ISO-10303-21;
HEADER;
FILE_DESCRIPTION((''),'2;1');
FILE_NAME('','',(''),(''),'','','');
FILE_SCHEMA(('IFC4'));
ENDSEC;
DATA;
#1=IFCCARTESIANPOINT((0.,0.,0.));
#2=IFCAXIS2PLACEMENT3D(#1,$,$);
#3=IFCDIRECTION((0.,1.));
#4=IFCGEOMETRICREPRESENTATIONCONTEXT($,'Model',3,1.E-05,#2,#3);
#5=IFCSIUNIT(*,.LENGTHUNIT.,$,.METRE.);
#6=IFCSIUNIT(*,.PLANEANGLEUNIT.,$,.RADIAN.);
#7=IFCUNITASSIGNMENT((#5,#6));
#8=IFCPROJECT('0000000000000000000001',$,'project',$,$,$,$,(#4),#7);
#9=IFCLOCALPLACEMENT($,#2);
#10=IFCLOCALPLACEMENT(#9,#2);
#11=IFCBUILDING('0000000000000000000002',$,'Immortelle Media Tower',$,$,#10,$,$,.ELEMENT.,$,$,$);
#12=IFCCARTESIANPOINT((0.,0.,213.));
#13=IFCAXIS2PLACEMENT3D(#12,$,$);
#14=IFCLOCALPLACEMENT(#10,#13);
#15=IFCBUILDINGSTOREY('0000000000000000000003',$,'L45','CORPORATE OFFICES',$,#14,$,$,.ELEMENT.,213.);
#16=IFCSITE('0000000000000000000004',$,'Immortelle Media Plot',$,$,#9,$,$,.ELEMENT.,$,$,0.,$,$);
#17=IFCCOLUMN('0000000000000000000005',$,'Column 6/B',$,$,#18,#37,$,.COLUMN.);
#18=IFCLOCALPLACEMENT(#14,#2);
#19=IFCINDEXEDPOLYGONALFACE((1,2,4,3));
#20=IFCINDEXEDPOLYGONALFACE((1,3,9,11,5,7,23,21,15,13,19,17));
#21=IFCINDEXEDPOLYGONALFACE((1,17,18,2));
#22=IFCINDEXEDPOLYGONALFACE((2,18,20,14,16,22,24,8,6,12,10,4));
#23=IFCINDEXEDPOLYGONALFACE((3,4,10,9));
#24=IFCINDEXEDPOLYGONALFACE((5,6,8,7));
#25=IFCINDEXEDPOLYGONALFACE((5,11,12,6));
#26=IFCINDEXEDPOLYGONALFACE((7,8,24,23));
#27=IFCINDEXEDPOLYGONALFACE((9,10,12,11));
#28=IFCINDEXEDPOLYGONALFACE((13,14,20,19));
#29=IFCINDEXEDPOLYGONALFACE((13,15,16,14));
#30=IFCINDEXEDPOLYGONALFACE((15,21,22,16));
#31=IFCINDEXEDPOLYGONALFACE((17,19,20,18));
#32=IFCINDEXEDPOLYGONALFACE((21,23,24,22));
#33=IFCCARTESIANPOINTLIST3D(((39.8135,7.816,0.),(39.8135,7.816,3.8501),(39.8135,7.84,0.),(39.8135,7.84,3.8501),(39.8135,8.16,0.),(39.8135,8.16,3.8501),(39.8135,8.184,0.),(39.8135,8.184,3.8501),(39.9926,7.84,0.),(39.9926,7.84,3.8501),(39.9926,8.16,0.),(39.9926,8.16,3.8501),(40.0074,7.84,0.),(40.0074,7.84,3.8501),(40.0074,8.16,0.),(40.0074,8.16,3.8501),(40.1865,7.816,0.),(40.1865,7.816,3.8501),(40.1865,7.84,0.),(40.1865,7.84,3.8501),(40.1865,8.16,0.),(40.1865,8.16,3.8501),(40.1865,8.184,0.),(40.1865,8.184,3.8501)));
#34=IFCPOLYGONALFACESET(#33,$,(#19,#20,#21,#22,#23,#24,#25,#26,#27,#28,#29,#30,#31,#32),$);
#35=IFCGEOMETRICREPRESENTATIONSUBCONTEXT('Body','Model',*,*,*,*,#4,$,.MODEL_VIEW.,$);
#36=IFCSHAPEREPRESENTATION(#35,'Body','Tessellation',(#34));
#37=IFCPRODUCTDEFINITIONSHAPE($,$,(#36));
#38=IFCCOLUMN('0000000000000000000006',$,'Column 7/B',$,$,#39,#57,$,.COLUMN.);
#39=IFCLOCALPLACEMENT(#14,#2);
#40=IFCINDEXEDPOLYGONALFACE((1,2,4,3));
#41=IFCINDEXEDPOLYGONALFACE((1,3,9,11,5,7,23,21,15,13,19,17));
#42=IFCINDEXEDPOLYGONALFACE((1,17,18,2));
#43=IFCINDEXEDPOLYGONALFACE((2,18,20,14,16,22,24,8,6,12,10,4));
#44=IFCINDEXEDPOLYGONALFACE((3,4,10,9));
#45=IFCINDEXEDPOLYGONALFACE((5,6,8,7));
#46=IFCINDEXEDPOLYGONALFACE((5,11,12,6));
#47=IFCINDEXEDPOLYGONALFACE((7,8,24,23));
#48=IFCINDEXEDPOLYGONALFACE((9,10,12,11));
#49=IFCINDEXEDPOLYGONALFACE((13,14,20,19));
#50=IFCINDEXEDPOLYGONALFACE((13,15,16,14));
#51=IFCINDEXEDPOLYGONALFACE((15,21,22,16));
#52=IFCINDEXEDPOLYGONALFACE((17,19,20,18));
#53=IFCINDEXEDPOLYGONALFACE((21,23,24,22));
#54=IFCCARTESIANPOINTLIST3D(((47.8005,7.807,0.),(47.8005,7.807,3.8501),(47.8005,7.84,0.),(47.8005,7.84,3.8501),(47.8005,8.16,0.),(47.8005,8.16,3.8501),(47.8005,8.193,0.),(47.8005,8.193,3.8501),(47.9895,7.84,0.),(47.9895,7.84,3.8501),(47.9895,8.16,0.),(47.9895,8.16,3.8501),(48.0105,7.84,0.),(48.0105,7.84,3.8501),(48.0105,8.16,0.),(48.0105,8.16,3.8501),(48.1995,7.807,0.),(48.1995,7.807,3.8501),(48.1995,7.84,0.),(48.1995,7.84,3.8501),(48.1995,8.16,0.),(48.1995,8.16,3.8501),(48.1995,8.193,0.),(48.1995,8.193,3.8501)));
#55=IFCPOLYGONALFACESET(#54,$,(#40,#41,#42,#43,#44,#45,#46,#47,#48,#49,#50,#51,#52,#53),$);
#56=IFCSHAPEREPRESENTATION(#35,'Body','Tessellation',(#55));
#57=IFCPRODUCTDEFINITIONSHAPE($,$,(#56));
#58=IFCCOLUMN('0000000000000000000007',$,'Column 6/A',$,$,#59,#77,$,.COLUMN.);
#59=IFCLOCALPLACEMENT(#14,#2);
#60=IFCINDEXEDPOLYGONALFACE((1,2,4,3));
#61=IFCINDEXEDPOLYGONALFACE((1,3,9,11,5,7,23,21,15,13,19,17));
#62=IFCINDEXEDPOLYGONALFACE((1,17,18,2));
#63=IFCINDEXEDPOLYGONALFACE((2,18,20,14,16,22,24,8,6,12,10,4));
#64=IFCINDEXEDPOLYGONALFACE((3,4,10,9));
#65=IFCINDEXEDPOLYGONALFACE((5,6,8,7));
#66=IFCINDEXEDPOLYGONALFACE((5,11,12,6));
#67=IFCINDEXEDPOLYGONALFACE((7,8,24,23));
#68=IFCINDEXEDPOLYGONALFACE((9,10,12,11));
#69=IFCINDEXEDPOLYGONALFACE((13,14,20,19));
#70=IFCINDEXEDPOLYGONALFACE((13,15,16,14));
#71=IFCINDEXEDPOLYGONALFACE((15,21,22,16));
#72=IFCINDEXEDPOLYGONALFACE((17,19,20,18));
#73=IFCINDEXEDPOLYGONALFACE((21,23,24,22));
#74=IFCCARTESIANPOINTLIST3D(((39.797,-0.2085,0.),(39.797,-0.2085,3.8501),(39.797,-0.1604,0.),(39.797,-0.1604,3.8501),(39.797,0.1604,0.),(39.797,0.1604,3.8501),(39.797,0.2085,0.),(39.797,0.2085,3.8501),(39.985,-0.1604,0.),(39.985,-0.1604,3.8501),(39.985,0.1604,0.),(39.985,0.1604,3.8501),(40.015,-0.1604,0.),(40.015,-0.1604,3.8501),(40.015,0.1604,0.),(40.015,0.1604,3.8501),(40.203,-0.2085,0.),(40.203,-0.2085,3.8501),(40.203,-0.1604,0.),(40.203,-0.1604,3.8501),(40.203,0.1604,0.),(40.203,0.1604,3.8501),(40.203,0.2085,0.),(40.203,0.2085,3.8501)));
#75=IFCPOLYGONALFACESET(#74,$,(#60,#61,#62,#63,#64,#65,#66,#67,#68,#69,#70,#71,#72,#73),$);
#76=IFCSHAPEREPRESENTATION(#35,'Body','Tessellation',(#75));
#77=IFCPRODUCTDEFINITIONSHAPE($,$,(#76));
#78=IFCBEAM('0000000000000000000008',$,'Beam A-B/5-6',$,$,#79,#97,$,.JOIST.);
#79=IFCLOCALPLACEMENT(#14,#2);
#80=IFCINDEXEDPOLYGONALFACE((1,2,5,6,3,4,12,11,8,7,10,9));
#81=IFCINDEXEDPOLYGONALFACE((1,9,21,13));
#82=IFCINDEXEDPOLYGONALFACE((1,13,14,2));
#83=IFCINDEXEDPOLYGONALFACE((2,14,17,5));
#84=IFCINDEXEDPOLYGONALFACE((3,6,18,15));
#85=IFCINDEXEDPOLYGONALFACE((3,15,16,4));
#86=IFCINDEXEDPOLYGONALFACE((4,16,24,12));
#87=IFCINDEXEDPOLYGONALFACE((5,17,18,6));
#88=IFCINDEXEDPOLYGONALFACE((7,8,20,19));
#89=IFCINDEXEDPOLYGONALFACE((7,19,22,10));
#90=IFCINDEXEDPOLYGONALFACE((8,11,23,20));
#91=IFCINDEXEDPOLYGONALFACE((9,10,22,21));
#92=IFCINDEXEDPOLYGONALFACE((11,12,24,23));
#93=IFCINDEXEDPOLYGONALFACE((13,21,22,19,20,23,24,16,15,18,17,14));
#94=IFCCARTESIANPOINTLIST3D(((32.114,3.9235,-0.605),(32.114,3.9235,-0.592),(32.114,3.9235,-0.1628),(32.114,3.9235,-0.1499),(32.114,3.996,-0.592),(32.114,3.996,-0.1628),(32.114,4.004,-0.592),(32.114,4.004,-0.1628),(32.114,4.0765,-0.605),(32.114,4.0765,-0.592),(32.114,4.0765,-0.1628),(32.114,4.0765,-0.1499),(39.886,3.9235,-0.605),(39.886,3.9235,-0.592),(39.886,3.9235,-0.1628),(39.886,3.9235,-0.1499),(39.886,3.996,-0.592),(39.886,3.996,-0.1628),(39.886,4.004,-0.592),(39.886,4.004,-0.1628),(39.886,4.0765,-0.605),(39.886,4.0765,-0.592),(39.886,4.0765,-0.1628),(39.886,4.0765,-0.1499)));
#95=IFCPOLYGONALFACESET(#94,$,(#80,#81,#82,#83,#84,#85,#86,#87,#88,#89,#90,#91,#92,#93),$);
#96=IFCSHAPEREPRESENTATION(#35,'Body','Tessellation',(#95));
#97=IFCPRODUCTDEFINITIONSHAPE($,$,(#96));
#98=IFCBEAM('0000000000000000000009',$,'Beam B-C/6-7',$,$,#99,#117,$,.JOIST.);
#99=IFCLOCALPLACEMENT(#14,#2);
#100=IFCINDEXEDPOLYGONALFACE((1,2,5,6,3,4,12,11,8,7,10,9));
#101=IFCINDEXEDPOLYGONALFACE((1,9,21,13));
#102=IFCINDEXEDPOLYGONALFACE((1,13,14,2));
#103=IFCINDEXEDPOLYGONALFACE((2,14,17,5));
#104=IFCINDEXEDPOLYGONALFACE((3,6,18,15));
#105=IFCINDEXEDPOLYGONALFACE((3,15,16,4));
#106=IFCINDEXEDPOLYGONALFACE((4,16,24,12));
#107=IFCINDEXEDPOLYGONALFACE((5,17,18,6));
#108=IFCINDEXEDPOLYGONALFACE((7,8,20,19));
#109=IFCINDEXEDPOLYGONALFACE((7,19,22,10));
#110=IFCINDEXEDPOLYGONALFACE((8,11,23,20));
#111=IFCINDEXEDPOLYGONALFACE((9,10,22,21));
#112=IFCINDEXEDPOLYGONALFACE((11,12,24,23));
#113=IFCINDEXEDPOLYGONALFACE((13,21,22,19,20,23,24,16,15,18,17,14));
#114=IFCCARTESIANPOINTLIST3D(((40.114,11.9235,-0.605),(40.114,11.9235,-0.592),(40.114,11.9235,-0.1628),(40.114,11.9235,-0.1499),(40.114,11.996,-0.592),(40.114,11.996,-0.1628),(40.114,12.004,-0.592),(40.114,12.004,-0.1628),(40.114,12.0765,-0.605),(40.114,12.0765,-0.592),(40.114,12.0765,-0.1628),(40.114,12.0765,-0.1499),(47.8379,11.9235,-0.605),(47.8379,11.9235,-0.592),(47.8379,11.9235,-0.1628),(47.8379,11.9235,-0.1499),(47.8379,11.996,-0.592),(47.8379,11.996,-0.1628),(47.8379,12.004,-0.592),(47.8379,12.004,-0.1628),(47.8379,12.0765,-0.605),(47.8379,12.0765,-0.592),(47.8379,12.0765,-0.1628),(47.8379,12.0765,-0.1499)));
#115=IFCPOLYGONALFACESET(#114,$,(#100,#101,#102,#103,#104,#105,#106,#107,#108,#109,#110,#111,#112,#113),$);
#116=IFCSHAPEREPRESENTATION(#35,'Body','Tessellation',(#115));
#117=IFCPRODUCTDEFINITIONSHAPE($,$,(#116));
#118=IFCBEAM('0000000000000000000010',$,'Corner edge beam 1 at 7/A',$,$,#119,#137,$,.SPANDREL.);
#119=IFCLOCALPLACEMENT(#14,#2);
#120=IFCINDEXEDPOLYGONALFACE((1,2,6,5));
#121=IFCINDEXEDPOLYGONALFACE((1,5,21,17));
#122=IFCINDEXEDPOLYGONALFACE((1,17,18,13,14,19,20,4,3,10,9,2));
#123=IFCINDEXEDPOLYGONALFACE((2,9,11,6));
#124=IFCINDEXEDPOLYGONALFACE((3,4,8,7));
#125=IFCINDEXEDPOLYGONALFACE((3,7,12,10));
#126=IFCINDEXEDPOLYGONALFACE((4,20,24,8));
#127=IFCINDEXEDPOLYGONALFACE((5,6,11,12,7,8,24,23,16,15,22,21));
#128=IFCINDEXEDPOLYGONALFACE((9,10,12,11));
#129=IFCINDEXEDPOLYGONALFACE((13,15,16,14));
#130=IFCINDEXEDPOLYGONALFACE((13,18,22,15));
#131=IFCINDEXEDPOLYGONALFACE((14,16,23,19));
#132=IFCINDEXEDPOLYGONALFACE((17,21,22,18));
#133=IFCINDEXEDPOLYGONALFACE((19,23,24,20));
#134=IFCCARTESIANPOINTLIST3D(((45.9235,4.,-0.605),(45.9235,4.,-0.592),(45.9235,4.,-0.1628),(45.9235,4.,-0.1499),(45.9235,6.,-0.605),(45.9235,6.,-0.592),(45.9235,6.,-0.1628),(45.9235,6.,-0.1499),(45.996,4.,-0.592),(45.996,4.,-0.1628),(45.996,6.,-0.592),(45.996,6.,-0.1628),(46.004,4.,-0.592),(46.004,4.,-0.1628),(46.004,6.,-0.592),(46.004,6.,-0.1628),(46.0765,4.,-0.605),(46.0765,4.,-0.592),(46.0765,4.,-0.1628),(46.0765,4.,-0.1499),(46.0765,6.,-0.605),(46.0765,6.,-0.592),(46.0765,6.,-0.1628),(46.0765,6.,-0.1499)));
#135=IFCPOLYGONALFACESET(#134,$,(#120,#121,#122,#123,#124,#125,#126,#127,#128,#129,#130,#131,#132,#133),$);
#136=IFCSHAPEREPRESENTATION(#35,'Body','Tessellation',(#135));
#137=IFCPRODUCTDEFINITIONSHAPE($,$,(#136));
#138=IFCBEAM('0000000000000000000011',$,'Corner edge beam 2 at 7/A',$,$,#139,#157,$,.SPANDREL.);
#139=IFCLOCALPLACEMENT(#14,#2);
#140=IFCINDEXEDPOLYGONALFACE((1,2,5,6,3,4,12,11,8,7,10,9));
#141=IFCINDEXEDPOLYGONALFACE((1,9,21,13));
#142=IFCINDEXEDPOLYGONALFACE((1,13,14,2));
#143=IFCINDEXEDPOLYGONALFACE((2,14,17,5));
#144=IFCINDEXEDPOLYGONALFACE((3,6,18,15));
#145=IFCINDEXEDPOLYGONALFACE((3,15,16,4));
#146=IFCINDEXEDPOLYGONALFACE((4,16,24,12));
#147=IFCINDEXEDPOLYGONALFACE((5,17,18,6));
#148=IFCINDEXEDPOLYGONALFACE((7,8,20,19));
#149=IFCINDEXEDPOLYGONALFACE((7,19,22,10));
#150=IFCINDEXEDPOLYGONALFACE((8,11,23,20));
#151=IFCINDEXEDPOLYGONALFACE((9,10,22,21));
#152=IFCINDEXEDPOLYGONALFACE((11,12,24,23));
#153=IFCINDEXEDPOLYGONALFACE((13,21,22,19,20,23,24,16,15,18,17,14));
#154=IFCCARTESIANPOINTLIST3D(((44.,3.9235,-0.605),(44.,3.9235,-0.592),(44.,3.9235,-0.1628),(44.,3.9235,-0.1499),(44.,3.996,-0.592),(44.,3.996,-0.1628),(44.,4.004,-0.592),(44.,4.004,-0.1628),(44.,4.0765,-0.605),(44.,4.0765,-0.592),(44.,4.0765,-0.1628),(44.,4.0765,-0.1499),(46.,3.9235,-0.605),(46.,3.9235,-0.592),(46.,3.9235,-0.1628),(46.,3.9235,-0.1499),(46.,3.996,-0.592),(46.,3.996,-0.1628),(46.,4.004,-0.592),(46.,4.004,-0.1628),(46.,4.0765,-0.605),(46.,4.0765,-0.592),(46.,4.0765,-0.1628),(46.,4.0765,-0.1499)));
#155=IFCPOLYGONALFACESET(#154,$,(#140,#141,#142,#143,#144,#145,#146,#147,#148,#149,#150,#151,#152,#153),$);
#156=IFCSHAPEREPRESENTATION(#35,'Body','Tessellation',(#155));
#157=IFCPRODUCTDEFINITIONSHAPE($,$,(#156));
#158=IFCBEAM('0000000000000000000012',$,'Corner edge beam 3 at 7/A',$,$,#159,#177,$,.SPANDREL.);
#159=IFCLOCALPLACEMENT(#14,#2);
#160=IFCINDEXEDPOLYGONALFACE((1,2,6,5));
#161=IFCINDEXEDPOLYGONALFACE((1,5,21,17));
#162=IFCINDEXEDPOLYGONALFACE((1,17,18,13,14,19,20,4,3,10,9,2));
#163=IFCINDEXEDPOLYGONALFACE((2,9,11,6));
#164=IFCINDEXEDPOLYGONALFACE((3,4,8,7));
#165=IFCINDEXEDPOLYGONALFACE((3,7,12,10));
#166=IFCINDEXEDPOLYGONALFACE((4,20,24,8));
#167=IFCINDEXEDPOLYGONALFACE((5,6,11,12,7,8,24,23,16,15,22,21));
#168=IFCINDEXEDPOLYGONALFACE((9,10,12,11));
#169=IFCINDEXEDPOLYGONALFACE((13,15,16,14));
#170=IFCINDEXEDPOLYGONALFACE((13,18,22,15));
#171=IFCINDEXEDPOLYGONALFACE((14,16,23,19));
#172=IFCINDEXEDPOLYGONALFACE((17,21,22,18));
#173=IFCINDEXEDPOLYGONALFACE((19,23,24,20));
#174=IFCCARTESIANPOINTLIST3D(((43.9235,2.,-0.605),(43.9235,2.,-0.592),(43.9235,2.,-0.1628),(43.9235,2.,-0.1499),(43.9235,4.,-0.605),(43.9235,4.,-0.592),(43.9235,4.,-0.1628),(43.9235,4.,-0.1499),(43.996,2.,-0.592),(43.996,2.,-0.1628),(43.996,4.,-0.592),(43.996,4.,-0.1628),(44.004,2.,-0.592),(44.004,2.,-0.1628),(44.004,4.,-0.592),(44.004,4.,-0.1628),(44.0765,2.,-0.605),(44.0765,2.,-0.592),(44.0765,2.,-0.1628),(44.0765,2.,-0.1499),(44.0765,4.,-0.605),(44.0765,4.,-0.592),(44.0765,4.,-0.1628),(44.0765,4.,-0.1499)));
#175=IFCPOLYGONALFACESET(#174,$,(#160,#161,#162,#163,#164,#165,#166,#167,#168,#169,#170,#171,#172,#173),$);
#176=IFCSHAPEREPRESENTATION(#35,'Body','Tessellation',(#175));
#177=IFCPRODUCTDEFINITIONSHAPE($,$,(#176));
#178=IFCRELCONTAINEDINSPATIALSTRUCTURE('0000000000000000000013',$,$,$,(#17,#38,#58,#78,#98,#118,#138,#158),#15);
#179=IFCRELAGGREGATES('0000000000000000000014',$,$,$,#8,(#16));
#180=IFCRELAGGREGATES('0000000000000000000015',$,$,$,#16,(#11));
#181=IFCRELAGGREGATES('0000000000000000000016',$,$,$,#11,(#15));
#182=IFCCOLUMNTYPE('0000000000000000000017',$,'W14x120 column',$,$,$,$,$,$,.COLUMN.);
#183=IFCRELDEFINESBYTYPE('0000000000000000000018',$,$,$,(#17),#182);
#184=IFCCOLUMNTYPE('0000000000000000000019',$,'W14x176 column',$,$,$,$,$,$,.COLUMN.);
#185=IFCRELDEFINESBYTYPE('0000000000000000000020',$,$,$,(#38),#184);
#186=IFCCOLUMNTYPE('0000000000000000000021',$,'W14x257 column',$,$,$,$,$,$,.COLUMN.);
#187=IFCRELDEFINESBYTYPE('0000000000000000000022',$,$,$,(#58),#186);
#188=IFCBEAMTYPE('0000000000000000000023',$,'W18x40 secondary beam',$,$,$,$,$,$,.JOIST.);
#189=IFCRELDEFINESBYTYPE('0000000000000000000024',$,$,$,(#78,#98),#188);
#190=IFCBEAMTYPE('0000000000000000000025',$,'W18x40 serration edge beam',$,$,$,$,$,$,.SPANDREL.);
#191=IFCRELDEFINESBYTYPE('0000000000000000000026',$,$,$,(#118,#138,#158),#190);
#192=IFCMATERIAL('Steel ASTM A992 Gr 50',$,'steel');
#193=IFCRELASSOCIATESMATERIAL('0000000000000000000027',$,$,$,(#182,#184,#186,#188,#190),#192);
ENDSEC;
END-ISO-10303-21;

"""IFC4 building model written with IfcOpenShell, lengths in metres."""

from ifc_helpers import new_model, si_unit, direction, frame, origin, origin_2d, place, context, subcontext, project, spatial, i_section, extrude, material, material_profile, profile_set, type_object, element, save


model = new_model("IFC4")

# Units and contexts
model_context = context("Model", 3, precision=1e-05, world=origin(), true_north=direction((0.0, 1.0)))
body_context = subcontext(model_context, "Body", "Model", "MODEL_VIEW")
ifc_project = project(units=[si_unit("LENGTHUNIT", "METRE"), si_unit("PLANEANGLEUNIT", "RADIAN")], contexts=[model_context])

# Site, building, storey
site_placement = place(None, origin())
site = spatial("IfcSite", under=ifc_project, at=site_placement, Name="Immortelle Media Plot", CompositionType="ELEMENT", RefElevation=0.0)
building_placement = place(site_placement, origin())
building = spatial("IfcBuilding", under=site, at=building_placement, Name="Immortelle Media Tower", CompositionType="ELEMENT")
storey_placement = place(building_placement, frame((0.0, 0.0, 213.0)))
storey = spatial("IfcBuildingStorey", under=building, at=storey_placement, Name="L45", Description="CORPORATE OFFICES", CompositionType="ELEMENT", Elevation=213.0)

# Columns
ifc_material_1 = material(Name="Steel ASTM A992 Gr 50", Category="steel")
ifc_material_profile_1 = material_profile(ifc_material_1, i_section(OverallWidth=0.373, OverallDepth=0.3679, WebThickness=0.0149, FlangeThickness=0.0239, at=origin_2d()), Name="W14x120")
ifc_profile_set_1 = profile_set([ifc_material_profile_1], Name="Steel ASTM A992 Gr 50")
column_type_1 = type_object("IfcColumnType", Name="W14x120 column", PredefinedType="COLUMN", material=ifc_profile_set_1)
column_1_placement = place(storey_placement, frame((40.0, 8.0, 0.0), z_axis=(0.0, 0.0, 1.0), x_axis=(1.0, 0.0, 0.0)))
element("IfcColumn", 1, at=column_1_placement, inside=storey, type_object=column_type_1, Name="Column 6/B", PredefinedType="COLUMN", context=body_context, shape_type="SweptSolid", body=[
    extrude(i_section(OverallWidth=0.373, OverallDepth=0.3679, WebThickness=0.0149, FlangeThickness=0.0239, at=origin_2d()), origin(), (0.0, 0.0, 1.0), 3.8501),
])
ifc_material_profile_2 = material_profile(ifc_material_1, i_section(OverallWidth=0.3989, OverallDepth=0.386, WebThickness=0.021, FlangeThickness=0.033, at=origin_2d()), Name="W14x176")
ifc_profile_set_2 = profile_set([ifc_material_profile_2], Name="Steel ASTM A992 Gr 50")
column_type_2 = type_object("IfcColumnType", Name="W14x176 column", PredefinedType="COLUMN", material=ifc_profile_set_2)
column_2_placement = place(storey_placement, frame((48.0, 8.0, 0.0), z_axis=(0.0, 0.0, 1.0), x_axis=(1.0, 0.0, 0.0)))
element("IfcColumn", 2, at=column_2_placement, inside=storey, type_object=column_type_2, Name="Column 7/B", PredefinedType="COLUMN", context=body_context, shape_type="SweptSolid", body=[
    extrude(i_section(OverallWidth=0.3989, OverallDepth=0.386, WebThickness=0.021, FlangeThickness=0.033, at=origin_2d()), origin(), (0.0, 0.0, 1.0), 3.8501),
])
ifc_material_profile_3 = material_profile(ifc_material_1, i_section(OverallWidth=0.406, OverallDepth=0.417, WebThickness=0.03, FlangeThickness=0.0481, at=origin_2d()), Name="W14x257")
ifc_profile_set_3 = profile_set([ifc_material_profile_3], Name="Steel ASTM A992 Gr 50")
column_type_3 = type_object("IfcColumnType", Name="W14x257 column", PredefinedType="COLUMN", material=ifc_profile_set_3)
column_3_placement = place(storey_placement, frame((40.0, 0.0, 0.0), z_axis=(0.0, 0.0, 1.0), x_axis=(1.0, 0.0, 0.0)))
element("IfcColumn", 3, at=column_3_placement, inside=storey, type_object=column_type_3, Name="Column 6/A", PredefinedType="COLUMN", context=body_context, shape_type="SweptSolid", body=[
    extrude(i_section(OverallWidth=0.406, OverallDepth=0.417, WebThickness=0.03, FlangeThickness=0.0481, at=origin_2d()), origin(), (0.0, 0.0, 1.0), 3.8501),
])

# Beams
ifc_material_profile_4 = material_profile(ifc_material_1, i_section(OverallWidth=0.1531, OverallDepth=0.4551, WebThickness=0.0081, FlangeThickness=0.0129, at=origin_2d()), Name="W18x40")
ifc_profile_set_4 = profile_set([ifc_material_profile_4], Name="Steel ASTM A992 Gr 50")
beam_type_1 = type_object("IfcBeamType", Name="W18x40 secondary beam", PredefinedType="JOIST", material=ifc_profile_set_4)
beam_1_placement = place(storey_placement, frame((32.114, 4.0, -0.3774), z_axis=(1.0, 0.0, 0.0), x_axis=(0.0, 1.0, 0.0)))
element("IfcBeam", 4, at=beam_1_placement, inside=storey, type_object=beam_type_1, Name="Beam A-B/5-6", PredefinedType="JOIST", context=body_context, shape_type="SweptSolid", body=[
    extrude(i_section(OverallWidth=0.1531, OverallDepth=0.4551, WebThickness=0.0081, FlangeThickness=0.0129, at=origin_2d()), origin(), (0.0, 0.0, 1.0), 7.772),
])
beam_2_placement = place(storey_placement, frame((40.114, 12.0, -0.3774), z_axis=(1.0, 0.0, 0.0), x_axis=(0.0, 1.0, 0.0)))
element("IfcBeam", 5, at=beam_2_placement, inside=storey, type_object=beam_type_1, Name="Beam B-C/6-7", PredefinedType="JOIST", context=body_context, shape_type="SweptSolid", body=[
    extrude(i_section(OverallWidth=0.1531, OverallDepth=0.4551, WebThickness=0.0081, FlangeThickness=0.0129, at=origin_2d()), origin(), (0.0, 0.0, 1.0), 7.7239),
])
ifc_material_profile_5 = material_profile(ifc_material_1, i_section(OverallWidth=0.1531, OverallDepth=0.4551, WebThickness=0.0081, FlangeThickness=0.0129, at=origin_2d()), Name="W18x40")
ifc_profile_set_5 = profile_set([ifc_material_profile_5], Name="Steel ASTM A992 Gr 50")
beam_type_2 = type_object("IfcBeamType", Name="W18x40 serration edge beam", PredefinedType="SPANDREL", material=ifc_profile_set_5)
for number, where, z_axis, x_axis, name in (
    (6, (46.0, 6.0, -0.3774), (0.0, -1.0, 0.0), (1.0, 0.0, 0.0), "Corner edge beam 1 at 7/A"),
    (7, (46.0, 4.0, -0.3774), (-1.0, 0.0, 0.0), (0.0, -1.0, 0.0), "Corner edge beam 2 at 7/A"),
    (8, (44.0, 4.0, -0.3774), (0.0, -1.0, 0.0), (1.0, 0.0, 0.0), "Corner edge beam 3 at 7/A"),
):
    element("IfcBeam", number, at=place(storey_placement, frame(where, z_axis=z_axis, x_axis=x_axis)), inside=storey, type_object=beam_type_2, Name=name, PredefinedType="SPANDREL", context=body_context, shape_type="SweptSolid", body=[
        extrude(i_section(OverallWidth=0.1531, OverallDepth=0.4551, WebThickness=0.0081, FlangeThickness=0.0129, at=origin_2d()), origin(), (0.0, 0.0, 1.0), 2.0),
    ])

save(model, "model.ifc")
